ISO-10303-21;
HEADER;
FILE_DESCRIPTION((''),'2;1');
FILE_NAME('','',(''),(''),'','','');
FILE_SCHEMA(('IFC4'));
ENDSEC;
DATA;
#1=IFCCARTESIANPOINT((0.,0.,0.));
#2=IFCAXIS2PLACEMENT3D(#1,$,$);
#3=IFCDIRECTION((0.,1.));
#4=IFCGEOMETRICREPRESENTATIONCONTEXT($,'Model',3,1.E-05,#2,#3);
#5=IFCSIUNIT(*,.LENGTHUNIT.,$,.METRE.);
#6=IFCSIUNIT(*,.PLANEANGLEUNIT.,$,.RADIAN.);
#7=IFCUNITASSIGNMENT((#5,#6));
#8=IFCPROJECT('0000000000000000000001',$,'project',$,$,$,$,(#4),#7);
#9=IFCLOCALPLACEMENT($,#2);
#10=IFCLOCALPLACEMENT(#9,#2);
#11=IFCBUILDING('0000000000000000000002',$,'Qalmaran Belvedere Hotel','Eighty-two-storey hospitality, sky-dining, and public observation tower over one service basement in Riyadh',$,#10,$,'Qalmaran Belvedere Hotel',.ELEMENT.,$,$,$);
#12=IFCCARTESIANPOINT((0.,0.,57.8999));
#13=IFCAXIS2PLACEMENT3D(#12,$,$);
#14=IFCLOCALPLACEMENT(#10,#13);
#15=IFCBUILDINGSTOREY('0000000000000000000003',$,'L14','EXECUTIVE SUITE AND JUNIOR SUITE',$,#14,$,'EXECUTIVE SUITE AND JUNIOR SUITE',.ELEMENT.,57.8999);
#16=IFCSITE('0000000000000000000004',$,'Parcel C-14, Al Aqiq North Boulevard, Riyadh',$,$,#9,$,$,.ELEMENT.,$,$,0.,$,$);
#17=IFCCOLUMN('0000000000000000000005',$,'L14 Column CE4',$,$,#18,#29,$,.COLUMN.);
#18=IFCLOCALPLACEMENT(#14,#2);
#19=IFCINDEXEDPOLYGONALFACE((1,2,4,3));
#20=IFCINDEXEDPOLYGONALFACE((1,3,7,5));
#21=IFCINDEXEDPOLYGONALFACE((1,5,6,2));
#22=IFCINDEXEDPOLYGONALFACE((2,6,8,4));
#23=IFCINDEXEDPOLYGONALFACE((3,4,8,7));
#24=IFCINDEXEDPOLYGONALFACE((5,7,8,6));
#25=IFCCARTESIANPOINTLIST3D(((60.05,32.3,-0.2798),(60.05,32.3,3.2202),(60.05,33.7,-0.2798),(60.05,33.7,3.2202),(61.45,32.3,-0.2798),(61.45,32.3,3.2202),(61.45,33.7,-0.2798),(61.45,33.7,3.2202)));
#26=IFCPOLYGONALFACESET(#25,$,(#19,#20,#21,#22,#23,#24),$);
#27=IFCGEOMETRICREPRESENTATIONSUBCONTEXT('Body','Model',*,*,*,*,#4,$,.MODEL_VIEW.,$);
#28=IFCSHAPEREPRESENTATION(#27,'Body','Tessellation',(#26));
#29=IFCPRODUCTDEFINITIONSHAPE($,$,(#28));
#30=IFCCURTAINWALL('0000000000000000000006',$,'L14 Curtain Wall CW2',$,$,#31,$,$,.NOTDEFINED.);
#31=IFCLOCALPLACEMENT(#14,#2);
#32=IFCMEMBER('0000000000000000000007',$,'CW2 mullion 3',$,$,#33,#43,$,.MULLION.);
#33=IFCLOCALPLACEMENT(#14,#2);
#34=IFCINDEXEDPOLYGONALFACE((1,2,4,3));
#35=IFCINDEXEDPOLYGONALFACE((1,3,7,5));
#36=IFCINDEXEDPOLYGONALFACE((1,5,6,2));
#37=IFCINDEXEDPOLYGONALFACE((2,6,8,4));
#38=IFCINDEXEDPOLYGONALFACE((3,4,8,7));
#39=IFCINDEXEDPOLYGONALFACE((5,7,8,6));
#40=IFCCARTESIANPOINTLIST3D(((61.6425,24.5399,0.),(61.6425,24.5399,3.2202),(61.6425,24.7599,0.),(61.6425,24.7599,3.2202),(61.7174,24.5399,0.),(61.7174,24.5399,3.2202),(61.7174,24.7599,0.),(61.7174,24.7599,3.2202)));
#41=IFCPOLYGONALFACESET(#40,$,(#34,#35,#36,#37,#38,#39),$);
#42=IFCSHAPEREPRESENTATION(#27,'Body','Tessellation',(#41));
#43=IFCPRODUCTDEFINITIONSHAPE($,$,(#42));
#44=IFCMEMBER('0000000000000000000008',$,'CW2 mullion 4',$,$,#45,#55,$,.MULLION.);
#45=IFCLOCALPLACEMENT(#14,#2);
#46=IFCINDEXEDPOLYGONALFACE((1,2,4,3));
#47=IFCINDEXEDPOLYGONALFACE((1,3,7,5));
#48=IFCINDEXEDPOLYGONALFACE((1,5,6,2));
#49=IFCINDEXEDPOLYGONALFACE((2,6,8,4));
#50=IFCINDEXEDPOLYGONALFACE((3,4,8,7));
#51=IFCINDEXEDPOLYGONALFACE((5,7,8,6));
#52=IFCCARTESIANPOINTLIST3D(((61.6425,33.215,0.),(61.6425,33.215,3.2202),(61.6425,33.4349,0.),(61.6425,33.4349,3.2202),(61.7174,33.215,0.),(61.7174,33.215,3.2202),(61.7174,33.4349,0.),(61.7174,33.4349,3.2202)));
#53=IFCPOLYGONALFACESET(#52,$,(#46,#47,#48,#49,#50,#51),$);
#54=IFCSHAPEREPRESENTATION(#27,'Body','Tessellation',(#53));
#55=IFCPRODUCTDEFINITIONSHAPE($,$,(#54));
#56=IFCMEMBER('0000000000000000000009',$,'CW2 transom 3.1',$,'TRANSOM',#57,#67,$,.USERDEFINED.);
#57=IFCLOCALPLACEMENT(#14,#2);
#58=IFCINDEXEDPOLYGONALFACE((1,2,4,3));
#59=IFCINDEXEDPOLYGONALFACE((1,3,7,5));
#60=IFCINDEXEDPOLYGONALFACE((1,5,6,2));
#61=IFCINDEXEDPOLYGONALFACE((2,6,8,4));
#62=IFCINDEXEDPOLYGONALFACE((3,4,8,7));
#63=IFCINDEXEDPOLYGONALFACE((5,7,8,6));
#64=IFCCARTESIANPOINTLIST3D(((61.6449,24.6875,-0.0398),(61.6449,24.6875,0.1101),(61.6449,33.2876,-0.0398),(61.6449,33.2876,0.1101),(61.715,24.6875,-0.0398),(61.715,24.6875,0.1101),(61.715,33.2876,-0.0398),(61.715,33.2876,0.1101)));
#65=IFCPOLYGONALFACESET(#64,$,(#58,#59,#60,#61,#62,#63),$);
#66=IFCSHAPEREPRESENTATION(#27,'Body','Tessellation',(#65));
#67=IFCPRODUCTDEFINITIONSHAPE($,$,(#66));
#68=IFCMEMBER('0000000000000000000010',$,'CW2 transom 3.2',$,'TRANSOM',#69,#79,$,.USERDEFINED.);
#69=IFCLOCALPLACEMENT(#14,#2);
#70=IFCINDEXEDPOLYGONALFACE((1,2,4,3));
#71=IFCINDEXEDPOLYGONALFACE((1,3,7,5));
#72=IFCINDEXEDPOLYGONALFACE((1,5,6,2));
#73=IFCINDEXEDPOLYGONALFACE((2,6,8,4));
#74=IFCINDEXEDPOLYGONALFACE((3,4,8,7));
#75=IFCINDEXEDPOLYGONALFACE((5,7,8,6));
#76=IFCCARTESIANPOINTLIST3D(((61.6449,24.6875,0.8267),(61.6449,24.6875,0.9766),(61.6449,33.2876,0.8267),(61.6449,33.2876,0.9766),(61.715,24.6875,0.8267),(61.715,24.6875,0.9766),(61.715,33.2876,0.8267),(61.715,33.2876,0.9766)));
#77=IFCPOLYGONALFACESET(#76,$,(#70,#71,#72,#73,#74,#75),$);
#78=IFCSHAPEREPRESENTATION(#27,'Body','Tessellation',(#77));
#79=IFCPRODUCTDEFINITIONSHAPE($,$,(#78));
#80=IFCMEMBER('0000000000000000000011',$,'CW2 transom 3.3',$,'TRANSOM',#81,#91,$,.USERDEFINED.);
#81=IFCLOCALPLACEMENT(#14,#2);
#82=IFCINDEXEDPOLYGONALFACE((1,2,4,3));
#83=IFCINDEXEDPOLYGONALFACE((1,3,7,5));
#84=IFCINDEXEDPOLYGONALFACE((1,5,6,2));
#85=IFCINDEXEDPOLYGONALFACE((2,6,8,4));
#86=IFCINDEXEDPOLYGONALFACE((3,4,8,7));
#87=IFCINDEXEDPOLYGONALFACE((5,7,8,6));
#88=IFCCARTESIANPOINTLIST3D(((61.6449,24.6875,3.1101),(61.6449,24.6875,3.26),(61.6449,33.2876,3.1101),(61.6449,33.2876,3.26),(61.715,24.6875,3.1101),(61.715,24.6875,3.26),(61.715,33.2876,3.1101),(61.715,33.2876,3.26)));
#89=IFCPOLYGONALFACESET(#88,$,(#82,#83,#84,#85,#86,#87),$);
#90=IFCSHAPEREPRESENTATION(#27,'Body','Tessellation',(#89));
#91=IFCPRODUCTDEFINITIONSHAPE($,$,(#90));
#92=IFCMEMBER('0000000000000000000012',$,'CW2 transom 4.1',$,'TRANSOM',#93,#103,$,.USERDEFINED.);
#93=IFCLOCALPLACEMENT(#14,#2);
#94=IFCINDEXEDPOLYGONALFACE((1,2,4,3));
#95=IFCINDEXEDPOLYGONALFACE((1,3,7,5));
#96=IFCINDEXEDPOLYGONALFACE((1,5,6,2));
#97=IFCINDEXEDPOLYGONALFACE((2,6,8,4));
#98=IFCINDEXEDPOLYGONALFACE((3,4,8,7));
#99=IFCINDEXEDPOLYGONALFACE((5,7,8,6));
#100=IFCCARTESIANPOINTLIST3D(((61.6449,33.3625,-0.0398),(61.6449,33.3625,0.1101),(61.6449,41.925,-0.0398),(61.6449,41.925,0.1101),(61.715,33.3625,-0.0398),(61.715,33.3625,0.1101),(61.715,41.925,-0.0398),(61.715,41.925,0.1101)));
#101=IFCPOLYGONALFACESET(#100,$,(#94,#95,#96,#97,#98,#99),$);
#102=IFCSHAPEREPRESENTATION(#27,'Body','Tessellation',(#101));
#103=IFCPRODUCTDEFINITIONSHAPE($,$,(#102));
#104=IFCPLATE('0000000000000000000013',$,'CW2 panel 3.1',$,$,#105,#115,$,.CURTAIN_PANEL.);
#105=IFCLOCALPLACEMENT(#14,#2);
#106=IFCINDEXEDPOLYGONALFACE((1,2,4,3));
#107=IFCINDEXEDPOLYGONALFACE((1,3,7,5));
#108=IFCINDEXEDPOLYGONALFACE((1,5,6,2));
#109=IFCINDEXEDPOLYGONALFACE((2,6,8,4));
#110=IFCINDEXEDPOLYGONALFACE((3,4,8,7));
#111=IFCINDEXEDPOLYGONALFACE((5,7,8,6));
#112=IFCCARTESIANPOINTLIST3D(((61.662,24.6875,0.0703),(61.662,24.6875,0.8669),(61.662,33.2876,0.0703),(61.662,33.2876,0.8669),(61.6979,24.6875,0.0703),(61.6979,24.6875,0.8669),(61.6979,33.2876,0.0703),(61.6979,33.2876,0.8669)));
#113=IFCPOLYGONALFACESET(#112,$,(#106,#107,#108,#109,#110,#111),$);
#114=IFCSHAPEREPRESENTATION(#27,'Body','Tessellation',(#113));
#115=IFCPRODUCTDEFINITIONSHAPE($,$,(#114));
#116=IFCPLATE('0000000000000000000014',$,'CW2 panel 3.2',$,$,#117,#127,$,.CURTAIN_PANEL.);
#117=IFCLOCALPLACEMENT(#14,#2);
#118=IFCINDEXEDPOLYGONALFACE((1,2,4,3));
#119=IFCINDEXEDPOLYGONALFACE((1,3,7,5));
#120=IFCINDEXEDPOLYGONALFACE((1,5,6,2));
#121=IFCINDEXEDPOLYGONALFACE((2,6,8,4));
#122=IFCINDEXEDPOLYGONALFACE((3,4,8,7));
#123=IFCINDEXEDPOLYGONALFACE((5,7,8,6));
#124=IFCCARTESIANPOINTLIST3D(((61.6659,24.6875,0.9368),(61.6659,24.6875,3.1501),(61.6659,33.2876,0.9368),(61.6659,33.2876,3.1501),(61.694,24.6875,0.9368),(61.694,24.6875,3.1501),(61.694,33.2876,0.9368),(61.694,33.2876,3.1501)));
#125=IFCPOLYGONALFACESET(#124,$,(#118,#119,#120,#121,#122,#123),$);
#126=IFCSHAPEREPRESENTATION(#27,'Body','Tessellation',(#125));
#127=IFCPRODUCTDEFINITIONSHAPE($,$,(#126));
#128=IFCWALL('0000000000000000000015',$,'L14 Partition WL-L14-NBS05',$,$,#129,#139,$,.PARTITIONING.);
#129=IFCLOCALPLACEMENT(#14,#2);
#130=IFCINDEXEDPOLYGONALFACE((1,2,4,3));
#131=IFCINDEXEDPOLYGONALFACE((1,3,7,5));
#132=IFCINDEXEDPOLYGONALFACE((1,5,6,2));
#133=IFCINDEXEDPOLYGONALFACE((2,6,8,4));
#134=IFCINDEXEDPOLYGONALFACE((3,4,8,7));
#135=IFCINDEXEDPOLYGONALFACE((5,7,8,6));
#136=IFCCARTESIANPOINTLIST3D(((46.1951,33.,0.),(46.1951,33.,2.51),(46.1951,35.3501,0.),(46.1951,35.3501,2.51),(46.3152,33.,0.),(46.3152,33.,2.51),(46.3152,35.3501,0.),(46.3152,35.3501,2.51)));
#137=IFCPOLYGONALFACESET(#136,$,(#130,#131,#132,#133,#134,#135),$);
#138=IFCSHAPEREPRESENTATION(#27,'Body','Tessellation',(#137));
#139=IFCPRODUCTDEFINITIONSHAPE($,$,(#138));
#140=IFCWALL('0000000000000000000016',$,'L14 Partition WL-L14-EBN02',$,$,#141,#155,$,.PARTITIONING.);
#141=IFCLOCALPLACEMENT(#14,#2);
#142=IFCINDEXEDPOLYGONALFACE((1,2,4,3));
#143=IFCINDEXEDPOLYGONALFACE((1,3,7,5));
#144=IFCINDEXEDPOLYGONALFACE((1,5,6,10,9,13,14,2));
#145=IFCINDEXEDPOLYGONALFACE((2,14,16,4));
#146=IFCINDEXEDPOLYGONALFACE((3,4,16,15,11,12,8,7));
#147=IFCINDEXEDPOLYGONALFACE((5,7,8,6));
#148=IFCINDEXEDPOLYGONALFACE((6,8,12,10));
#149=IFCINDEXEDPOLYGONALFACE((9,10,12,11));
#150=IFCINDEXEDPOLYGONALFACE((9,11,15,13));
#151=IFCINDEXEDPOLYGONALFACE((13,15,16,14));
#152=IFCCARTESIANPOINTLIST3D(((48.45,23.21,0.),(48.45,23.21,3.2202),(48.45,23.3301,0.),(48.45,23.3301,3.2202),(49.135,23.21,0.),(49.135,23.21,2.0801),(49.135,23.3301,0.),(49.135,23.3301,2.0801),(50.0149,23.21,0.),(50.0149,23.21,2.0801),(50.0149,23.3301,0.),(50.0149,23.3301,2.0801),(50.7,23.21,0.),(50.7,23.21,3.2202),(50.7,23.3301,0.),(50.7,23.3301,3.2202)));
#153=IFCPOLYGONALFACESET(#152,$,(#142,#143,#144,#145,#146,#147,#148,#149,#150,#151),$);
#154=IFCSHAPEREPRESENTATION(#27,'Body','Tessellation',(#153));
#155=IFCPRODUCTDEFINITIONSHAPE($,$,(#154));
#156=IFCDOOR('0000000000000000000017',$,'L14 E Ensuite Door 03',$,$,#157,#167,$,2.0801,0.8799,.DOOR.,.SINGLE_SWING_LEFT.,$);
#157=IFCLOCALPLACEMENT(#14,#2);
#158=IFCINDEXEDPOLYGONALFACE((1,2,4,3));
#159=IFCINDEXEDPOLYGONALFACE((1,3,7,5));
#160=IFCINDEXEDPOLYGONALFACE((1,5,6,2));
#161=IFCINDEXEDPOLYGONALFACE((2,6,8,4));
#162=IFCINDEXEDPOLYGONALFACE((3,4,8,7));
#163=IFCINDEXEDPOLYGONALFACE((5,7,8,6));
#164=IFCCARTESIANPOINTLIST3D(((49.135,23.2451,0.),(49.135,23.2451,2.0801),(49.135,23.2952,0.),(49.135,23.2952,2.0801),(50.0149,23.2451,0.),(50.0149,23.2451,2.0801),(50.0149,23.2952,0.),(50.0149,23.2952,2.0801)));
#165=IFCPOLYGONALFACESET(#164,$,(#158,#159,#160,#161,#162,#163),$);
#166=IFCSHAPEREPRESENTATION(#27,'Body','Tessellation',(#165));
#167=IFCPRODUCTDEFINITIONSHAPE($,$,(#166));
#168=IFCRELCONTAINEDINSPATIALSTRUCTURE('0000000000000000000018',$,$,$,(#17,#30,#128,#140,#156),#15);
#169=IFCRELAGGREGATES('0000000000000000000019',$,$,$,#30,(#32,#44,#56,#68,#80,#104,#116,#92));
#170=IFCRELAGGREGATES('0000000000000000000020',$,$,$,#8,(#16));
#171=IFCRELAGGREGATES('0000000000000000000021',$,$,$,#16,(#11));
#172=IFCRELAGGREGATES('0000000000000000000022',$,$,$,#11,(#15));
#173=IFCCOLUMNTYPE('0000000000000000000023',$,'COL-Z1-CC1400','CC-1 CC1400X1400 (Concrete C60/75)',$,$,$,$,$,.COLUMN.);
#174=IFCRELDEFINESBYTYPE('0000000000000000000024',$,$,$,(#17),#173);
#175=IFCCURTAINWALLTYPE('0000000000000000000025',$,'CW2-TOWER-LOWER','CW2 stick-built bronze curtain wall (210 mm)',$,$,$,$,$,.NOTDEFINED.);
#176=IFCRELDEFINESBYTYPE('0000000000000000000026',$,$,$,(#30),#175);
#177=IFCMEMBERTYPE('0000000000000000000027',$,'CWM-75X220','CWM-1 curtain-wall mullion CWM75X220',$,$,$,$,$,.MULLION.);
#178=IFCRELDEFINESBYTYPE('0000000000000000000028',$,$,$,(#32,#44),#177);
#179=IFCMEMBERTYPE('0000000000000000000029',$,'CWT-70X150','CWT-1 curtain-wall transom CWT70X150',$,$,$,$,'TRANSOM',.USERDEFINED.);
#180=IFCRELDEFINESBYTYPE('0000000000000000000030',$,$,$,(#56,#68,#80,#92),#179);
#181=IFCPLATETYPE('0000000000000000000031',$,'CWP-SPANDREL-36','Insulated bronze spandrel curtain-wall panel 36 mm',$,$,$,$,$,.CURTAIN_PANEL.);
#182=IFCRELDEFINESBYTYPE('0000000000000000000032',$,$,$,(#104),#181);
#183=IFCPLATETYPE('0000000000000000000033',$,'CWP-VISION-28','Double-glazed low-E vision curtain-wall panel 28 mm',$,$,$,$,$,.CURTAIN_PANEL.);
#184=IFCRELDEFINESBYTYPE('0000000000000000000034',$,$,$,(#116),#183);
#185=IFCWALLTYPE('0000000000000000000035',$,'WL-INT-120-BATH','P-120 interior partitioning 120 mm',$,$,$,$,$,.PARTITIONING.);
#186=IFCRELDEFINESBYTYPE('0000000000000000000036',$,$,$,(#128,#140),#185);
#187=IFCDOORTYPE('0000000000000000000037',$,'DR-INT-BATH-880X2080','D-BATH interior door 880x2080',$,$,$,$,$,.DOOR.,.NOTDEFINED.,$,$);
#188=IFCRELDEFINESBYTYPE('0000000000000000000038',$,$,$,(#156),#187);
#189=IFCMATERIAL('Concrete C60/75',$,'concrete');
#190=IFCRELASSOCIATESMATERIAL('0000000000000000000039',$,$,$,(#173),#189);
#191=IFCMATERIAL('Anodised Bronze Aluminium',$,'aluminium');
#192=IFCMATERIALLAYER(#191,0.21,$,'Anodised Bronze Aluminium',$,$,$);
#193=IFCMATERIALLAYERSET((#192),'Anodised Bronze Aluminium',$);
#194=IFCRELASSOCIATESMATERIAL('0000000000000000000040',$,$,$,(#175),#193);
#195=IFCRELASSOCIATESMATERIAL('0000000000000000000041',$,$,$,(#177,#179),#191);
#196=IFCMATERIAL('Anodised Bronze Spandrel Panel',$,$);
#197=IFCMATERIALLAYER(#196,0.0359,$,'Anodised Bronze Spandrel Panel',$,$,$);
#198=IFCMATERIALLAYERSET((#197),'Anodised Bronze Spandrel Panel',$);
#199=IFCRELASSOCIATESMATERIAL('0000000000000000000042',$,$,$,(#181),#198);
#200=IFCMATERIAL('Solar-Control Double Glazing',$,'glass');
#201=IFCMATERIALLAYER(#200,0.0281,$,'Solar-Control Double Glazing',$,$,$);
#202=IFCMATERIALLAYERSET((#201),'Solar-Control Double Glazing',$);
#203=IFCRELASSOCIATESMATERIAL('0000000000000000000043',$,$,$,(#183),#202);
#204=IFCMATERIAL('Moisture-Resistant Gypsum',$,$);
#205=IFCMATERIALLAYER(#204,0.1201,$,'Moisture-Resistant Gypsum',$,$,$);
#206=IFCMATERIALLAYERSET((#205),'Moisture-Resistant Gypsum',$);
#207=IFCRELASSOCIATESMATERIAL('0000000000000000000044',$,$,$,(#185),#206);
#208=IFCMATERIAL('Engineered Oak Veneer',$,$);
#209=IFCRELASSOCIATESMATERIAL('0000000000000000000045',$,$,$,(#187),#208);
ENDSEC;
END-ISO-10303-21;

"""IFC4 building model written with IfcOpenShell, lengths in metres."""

from ifc_helpers import new_model, si_unit, direction, frame, frame_2d, origin, origin_2d, place, context, subcontext, project, spatial, rectangle, extrude, material, layer, layer_set, material_profile, profile_set, type_object, element, fill, aggregate, save


model = new_model("IFC4")

# Units and contexts
model_context = context("Model", 3, precision=1e-05, world=origin(), true_north=direction((0.0, 1.0)))
body_context = subcontext(model_context, "Body", "Model", "MODEL_VIEW")
ifc_project = project(units=[si_unit("LENGTHUNIT", "METRE"), si_unit("PLANEANGLEUNIT", "RADIAN")], contexts=[model_context])

# Site, building, storey
site_placement = place(None, origin())
site = spatial("IfcSite", under=ifc_project, at=site_placement, Name="Parcel C-14, Al Aqiq North Boulevard, Riyadh", CompositionType="ELEMENT", RefElevation=0.0)
building_placement = place(site_placement, origin())
building = spatial("IfcBuilding", under=site, at=building_placement, Name="Qalmaran Belvedere Hotel", Description="Eighty-two-storey hospitality, sky-dining, and public observation tower over one service basement in Riyadh", LongName="Qalmaran Belvedere Hotel", CompositionType="ELEMENT")
storey_placement = place(building_placement, frame((0.0, 0.0, 57.8999)))
storey = spatial("IfcBuildingStorey", under=building, at=storey_placement, Name="L14", Description="EXECUTIVE SUITE AND JUNIOR SUITE", LongName="EXECUTIVE SUITE AND JUNIOR SUITE", CompositionType="ELEMENT", Elevation=57.8999)

# Column
ifc_material_1 = material(Name="Concrete C60/75", Category="concrete")
ifc_material_profile_1 = material_profile(ifc_material_1, rectangle(XDim=1.3999, YDim=1.3999, at=origin_2d()), Name="CC1400X1400")
ifc_profile_set_1 = profile_set([ifc_material_profile_1], Name="Concrete C60/75")
column_type = type_object("IfcColumnType", Name="COL-Z1-CC1400", Description="CC-1 CC1400X1400 (Concrete C60/75)", PredefinedType="COLUMN", material=ifc_profile_set_1)
column_placement = place(storey_placement, frame((60.75, 33.0, -0.2798), z_axis=(0.0, 0.0, 1.0), x_axis=(1.0, 0.0, 0.0)))
element("IfcColumn", 1, at=column_placement, inside=storey, type_object=column_type, Name="L14 Column CE4", PredefinedType="COLUMN", context=body_context, shape_type="SweptSolid", body=[
    extrude(rectangle(XDim=1.3999, YDim=1.3999, at=origin_2d()), origin(), (0.0, 0.0, 1.0), 3.5),
])

# Curtain wall, members, plates
ifc_material_2 = material(Name="Anodised Bronze Aluminium", Category="aluminium")
ifc_layer_1 = layer(ifc_material_2, 0.21, Name="Anodised Bronze Aluminium")
ifc_layer_set_1 = layer_set([ifc_layer_1], Name="Anodised Bronze Aluminium")
curtain_wall_type = type_object("IfcCurtainWallType", Name="CW2-TOWER-LOWER", Description="CW2 stick-built bronze curtain wall (210 mm)", PredefinedType="NOTDEFINED", material=ifc_layer_set_1)
curtain_wall_placement = place(storey_placement, origin())
curtain_wall = element("IfcCurtainWall", 2, at=curtain_wall_placement, inside=storey, type_object=curtain_wall_type, Name="L14 Curtain Wall CW2", PredefinedType="NOTDEFINED")
ifc_material_profile_2 = material_profile(ifc_material_2, rectangle(XDim=0.075, YDim=0.22, at=origin_2d()), Name="CWM75X220")
ifc_profile_set_2 = profile_set([ifc_material_profile_2], Name="Anodised Bronze Aluminium")
member_type_1 = type_object("IfcMemberType", Name="CWM-75X220", Description="CWM-1 curtain-wall mullion CWM75X220", PredefinedType="MULLION", material=ifc_profile_set_2)
member_1_placement = place(storey_placement, frame((61.6799, 24.6499, 0.0), z_axis=(0.0, 0.0, 1.0), x_axis=(-1.0, 0.0, 0.0)))
member_1 = element("IfcMember", 3, at=member_1_placement, type_object=member_type_1, Name="CW2 mullion 3", PredefinedType="MULLION", context=body_context, shape_type="SweptSolid", body=[
    extrude(rectangle(XDim=0.075, YDim=0.22, at=origin_2d()), origin(), (0.0, 0.0, 1.0), 3.2202),
])
member_2_placement = place(storey_placement, frame((61.6799, 33.325, 0.0), z_axis=(0.0, 0.0, 1.0), x_axis=(-1.0, 0.0, 0.0)))
member_2 = element("IfcMember", 4, at=member_2_placement, type_object=member_type_1, Name="CW2 mullion 4", PredefinedType="MULLION", context=body_context, shape_type="SweptSolid", body=[
    extrude(rectangle(XDim=0.075, YDim=0.22, at=origin_2d()), origin(), (0.0, 0.0, 1.0), 3.2202),
])
ifc_material_profile_3 = material_profile(ifc_material_2, rectangle(XDim=0.0701, YDim=0.1499, at=origin_2d()), Name="CWT70X150")
ifc_profile_set_3 = profile_set([ifc_material_profile_3], Name="Anodised Bronze Aluminium")
member_type_2 = type_object("IfcMemberType", Name="CWT-70X150", Description="CWT-1 curtain-wall transom CWT70X150", ElementType="TRANSOM", PredefinedType="USERDEFINED", material=ifc_profile_set_3)
member_3_placement = place(storey_placement, frame((61.6799, 24.6875, 0.0352), z_axis=(0.0, 1.0, 0.0), x_axis=(-1.0, 0.0, 0.0)))
member_3 = element("IfcMember", 5, at=member_3_placement, type_object=member_type_2, Name="CW2 transom 3.1", ObjectType="TRANSOM", PredefinedType="USERDEFINED", context=body_context, shape_type="SweptSolid", body=[
    extrude(rectangle(XDim=0.0701, YDim=0.1499, at=origin_2d()), origin(), (0.0, 0.0, 1.0), 8.6001),
])
member_4_placement = place(storey_placement, frame((61.6799, 24.6875, 0.9016), z_axis=(0.0, 1.0, 0.0), x_axis=(-1.0, 0.0, 0.0)))
member_4 = element("IfcMember", 6, at=member_4_placement, type_object=member_type_2, Name="CW2 transom 3.2", ObjectType="TRANSOM", PredefinedType="USERDEFINED", context=body_context, shape_type="SweptSolid", body=[
    extrude(rectangle(XDim=0.0701, YDim=0.1499, at=origin_2d()), origin(), (0.0, 0.0, 1.0), 8.6001),
])
member_5_placement = place(storey_placement, frame((61.6799, 24.6875, 3.1851), z_axis=(0.0, 1.0, 0.0), x_axis=(-1.0, 0.0, 0.0)))
member_5 = element("IfcMember", 7, at=member_5_placement, type_object=member_type_2, Name="CW2 transom 3.3", ObjectType="TRANSOM", PredefinedType="USERDEFINED", context=body_context, shape_type="SweptSolid", body=[
    extrude(rectangle(XDim=0.0701, YDim=0.1499, at=origin_2d()), origin(), (0.0, 0.0, 1.0), 8.6001),
])
member_6_placement = place(storey_placement, frame((61.6799, 33.3625, 0.0352), z_axis=(0.0, 1.0, 0.0), x_axis=(-1.0, 0.0, 0.0)))
member_6 = element("IfcMember", 8, at=member_6_placement, type_object=member_type_2, Name="CW2 transom 4.1", ObjectType="TRANSOM", PredefinedType="USERDEFINED", context=body_context, shape_type="SweptSolid", body=[
    extrude(rectangle(XDim=0.0701, YDim=0.1499, at=origin_2d()), origin(), (0.0, 0.0, 1.0), 8.5625),
])
ifc_material_3 = material(Name="Anodised Bronze Spandrel Panel")
ifc_layer_2 = layer(ifc_material_3, 0.0359, Name="Anodised Bronze Spandrel Panel")
ifc_layer_set_2 = layer_set([ifc_layer_2], Name="Anodised Bronze Spandrel Panel")
plate_type_1 = type_object("IfcPlateType", Name="CWP-SPANDREL-36", Description="Insulated bronze spandrel curtain-wall panel 36 mm", PredefinedType="CURTAIN_PANEL", material=ifc_layer_set_2)
plate_1_placement = place(storey_placement, frame((61.6799, 28.9875, 0.0703), z_axis=(0.0, 0.0, 1.0), x_axis=(0.0, 1.0, 0.0)))
plate_1 = element("IfcPlate", 9, at=plate_1_placement, type_object=plate_type_1, Name="CW2 panel 3.1", PredefinedType="CURTAIN_PANEL", context=body_context, shape_type="SweptSolid", body=[
    extrude(rectangle(XDim=8.6001, YDim=0.0359, at=origin_2d()), origin(), (0.0, 0.0, 1.0), 0.7966),
])
ifc_material_4 = material(Name="Solar-Control Double Glazing", Category="glass")
ifc_layer_3 = layer(ifc_material_4, 0.0281, Name="Solar-Control Double Glazing")
ifc_layer_set_3 = layer_set([ifc_layer_3], Name="Solar-Control Double Glazing")
plate_type_2 = type_object("IfcPlateType", Name="CWP-VISION-28", Description="Double-glazed low-E vision curtain-wall panel 28 mm", PredefinedType="CURTAIN_PANEL", material=ifc_layer_set_3)
plate_2_placement = place(storey_placement, frame((61.6799, 28.9875, 0.9368), z_axis=(0.0, 0.0, 1.0), x_axis=(0.0, 1.0, 0.0)))
plate_2 = element("IfcPlate", 10, at=plate_2_placement, type_object=plate_type_2, Name="CW2 panel 3.2", PredefinedType="CURTAIN_PANEL", context=body_context, shape_type="SweptSolid", body=[
    extrude(rectangle(XDim=8.6001, YDim=0.0281, at=origin_2d()), origin(), (0.0, 0.0, 1.0), 2.2134),
])
aggregate(curtain_wall, [member_1, member_2, member_3, member_4, member_5, plate_1, plate_2, member_6])

# Wall
ifc_material_5 = material(Name="Moisture-Resistant Gypsum")
ifc_layer_4 = layer(ifc_material_5, 0.1201, Name="Moisture-Resistant Gypsum")
ifc_layer_set_4 = layer_set([ifc_layer_4], Name="Moisture-Resistant Gypsum")
wall_type_1 = type_object("IfcWallType", Name="WL-INT-120-BATH", Description="P-120 interior partitioning 120 mm", PredefinedType="PARTITIONING", material=ifc_layer_set_4)
wall_1_placement = place(storey_placement, frame((46.2551, 33.0, 0.0), z_axis=(0.0, 0.0, 1.0), x_axis=(0.0, 1.0, 0.0)))
element("IfcWall", 11, at=wall_1_placement, inside=storey, type_object=wall_type_1, Name="L14 Partition WL-L14-NBS05", PredefinedType="PARTITIONING", context=body_context, shape_type="SweptSolid", body=[
    extrude(rectangle(XDim=2.3501, YDim=0.1201, at=frame_2d((1.175, 0.0))), origin(), (0.0, 0.0, 1.0), 2.51),
])

# Wall, opening, door
wall_2_placement = place(storey_placement, frame((48.45, 23.27, 0.0), z_axis=(0.0, 0.0, 1.0), x_axis=(1.0, 0.0, 0.0)))
wall_2 = element("IfcWall", 12, at=wall_2_placement, inside=storey, type_object=wall_type_1, Name="L14 Partition WL-L14-EBN02", PredefinedType="PARTITIONING", context=body_context, shape_type="SweptSolid", body=[
    extrude(rectangle(XDim=2.25, YDim=0.1201, at=frame_2d((1.125, 0.0))), origin(), (0.0, 0.0, 1.0), 3.2202),
])
opening_1_placement = place(wall_2_placement, frame((1.5649, 0.0, 0.0), z_axis=(0.0, 0.0, 1.0), x_axis=(-1.0, 0.0, 0.0)))
opening_1 = element("IfcOpeningElement", 13, at=opening_1_placement, cuts=wall_2, PredefinedType="OPENING", context=body_context, shape_type="SweptSolid", body=[
    extrude(rectangle(XDim=0.8799, YDim=2.0801, at=frame_2d((0.4399, 1.04))), frame((0.0, 0.0701, 0.0), z_axis=(0.0, -1.0, 0.0), x_axis=(1.0, 0.0, 0.0)), (0.0, 0.0, 1.0), 0.1401),
])
ifc_material_6 = material(Name="Engineered Oak Veneer")
door_type_1 = type_object("IfcDoorType", Name="DR-INT-BATH-880X2080", Description="D-BATH interior door 880x2080", OperationType="NOTDEFINED", PredefinedType="DOOR", material=ifc_material_6)
door_1_placement = place(opening_1_placement, origin())
door_1 = element("IfcDoor", 14, at=door_1_placement, inside=storey, type_object=door_type_1, Name="L14 E Ensuite Door 03", OperationType="SINGLE_SWING_LEFT", OverallHeight=2.0801, OverallWidth=0.8799, PredefinedType="DOOR", context=body_context, shape_type="SweptSolid", body=[
    extrude(rectangle(XDim=0.8799, YDim=2.0801, at=frame_2d((0.4399, 1.04))), frame((0.0, 0.0249, 0.0), z_axis=(0.0, -1.0, 0.0), x_axis=(1.0, 0.0, 0.0)), (0.0, 0.0, 1.0), 0.05),
])
fill(opening_1, door_1)

save(model, "model.ifc")
